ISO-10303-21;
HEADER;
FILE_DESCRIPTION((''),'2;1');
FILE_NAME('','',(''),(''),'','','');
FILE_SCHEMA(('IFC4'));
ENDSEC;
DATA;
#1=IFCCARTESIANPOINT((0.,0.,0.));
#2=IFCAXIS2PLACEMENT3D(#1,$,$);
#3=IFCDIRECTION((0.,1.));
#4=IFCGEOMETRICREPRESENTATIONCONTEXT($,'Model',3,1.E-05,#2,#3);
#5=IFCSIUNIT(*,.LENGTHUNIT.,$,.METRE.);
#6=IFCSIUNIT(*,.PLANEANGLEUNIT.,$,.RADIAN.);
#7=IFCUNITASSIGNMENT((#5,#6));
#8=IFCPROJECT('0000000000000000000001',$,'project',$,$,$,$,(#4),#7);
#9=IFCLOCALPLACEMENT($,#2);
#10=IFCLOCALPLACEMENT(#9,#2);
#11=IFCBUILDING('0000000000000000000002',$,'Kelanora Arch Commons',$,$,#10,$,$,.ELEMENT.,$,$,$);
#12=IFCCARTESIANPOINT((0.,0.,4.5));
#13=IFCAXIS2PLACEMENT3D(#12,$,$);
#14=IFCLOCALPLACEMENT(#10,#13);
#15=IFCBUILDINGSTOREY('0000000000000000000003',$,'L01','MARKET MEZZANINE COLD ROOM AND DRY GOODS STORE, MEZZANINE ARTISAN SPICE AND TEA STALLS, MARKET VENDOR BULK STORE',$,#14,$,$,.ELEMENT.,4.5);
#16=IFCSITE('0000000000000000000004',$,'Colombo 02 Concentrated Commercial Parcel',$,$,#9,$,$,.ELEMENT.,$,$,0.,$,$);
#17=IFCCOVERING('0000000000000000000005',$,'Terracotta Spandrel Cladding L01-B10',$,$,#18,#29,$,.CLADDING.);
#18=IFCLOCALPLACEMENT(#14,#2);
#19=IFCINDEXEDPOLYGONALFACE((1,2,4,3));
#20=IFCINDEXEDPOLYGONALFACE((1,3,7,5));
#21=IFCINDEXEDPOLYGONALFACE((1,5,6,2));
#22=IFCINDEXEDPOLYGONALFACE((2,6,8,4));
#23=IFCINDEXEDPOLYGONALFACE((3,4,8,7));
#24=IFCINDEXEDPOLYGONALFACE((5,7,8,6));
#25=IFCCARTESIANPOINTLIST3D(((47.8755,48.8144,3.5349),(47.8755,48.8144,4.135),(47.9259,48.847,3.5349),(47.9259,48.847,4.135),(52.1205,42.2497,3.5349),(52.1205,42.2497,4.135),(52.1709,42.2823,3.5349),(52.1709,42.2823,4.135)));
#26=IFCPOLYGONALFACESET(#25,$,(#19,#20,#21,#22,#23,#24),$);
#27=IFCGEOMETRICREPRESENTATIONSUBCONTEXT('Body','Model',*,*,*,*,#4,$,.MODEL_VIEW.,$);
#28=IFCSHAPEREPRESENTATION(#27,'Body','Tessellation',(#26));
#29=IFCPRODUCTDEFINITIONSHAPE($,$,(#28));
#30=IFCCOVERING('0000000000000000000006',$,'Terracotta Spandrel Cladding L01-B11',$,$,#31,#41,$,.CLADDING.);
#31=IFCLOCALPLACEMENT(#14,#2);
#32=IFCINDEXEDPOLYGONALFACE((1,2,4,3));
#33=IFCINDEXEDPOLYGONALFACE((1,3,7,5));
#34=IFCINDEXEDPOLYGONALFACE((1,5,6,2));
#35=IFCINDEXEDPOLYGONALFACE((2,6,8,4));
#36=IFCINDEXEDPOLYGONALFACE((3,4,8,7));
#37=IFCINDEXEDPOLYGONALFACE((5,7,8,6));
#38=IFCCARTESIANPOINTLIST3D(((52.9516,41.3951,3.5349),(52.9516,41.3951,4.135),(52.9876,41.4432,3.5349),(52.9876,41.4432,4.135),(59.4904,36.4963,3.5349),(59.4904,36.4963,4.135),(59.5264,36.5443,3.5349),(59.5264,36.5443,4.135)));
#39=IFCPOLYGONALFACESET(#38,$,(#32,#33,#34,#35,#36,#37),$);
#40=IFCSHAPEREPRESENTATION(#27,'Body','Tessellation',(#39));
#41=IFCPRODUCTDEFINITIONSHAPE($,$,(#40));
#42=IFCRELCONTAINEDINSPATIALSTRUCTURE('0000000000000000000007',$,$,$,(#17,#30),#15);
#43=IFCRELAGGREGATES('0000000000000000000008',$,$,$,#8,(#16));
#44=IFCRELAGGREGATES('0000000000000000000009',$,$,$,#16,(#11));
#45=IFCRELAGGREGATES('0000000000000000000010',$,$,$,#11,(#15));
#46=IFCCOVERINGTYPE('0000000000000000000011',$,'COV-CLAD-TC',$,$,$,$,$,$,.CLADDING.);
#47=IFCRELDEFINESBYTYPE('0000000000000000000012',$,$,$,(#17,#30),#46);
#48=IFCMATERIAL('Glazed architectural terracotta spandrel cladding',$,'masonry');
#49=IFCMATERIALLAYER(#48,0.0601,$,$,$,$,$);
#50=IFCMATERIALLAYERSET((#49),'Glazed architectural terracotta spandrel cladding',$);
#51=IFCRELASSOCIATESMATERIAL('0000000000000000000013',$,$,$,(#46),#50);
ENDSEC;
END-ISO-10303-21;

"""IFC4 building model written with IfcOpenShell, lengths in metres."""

from ifc_helpers import new_model, si_unit, direction, frame, origin, origin_2d, place, context, subcontext, project, spatial, rectangle, extrude, source, transform, mapped, material, layer, layer_set, type_object, element, save


model = new_model("IFC4")

# Units and contexts
model_context = context("Model", 3, precision=1e-05, world=origin(), true_north=direction((0.0, 1.0)))
body_context = subcontext(model_context, "Body", "Model", "MODEL_VIEW")
ifc_project = project(units=[si_unit("LENGTHUNIT", "METRE"), si_unit("PLANEANGLEUNIT", "RADIAN")], contexts=[model_context])

# Site, building, storey
site_placement = place(None, origin())
site = spatial("IfcSite", under=ifc_project, at=site_placement, Name="Colombo 02 Concentrated Commercial Parcel", CompositionType="ELEMENT", RefElevation=0.0)
building_placement = place(site_placement, origin())
building = spatial("IfcBuilding", under=site, at=building_placement, Name="Kelanora Arch Commons", CompositionType="ELEMENT")
storey_placement = place(building_placement, frame((0.0, 0.0, 4.5)))
storey = spatial("IfcBuildingStorey", under=building, at=storey_placement, Name="L01", Description="MARKET MEZZANINE COLD ROOM AND DRY GOODS STORE, MEZZANINE ARTISAN SPICE AND TEA STALLS, MARKET VENDOR BULK STORE", CompositionType="ELEMENT", Elevation=4.5)

# Coverings
ifc_material_1 = material(Name="Glazed architectural terracotta spandrel cladding", Category="masonry")
ifc_layer_1 = layer(ifc_material_1, 0.0601)
ifc_layer_set_1 = layer_set([ifc_layer_1], Name="Glazed architectural terracotta spandrel cladding")
covering_type = type_object("IfcCoveringType", Name="COV-CLAD-TC", PredefinedType="CLADDING", material=ifc_layer_set_1)
shared_shape_1 = source(origin(), body_context, "Body", "SweptSolid", [
    extrude(rectangle(XDim=7.8176, YDim=0.0601, at=origin_2d()), origin(), (0.0, 0.0, 1.0), 0.6001),
])
covering_1_placement = place(storey_placement, frame((50.0232, 45.5483, 3.5349), z_axis=(0.0, 0.0, 1.0), x_axis=(0.543005, -0.839729, 0.0)))
element("IfcCovering", 1, at=covering_1_placement, inside=storey, type_object=covering_type, Name="Terracotta Spandrel Cladding L01-B10", PredefinedType="CLADDING", context=body_context, shape_type="MappedRepresentation", body=[
    mapped(shared_shape_1, transform((0.0, 0.0, 0.0), scale=1.0)),
])
shared_shape_2 = source(origin(), body_context, "Body", "SweptSolid", [
    extrude(rectangle(XDim=8.1704, YDim=0.0601, at=origin_2d()), origin(), (0.0, 0.0, 1.0), 0.6001),
])
covering_2_placement = place(storey_placement, frame((56.239, 38.9697, 3.5349), z_axis=(0.0, 0.0, 1.0), x_axis=(0.80031, -0.599587, 0.0)))
element("IfcCovering", 2, at=covering_2_placement, inside=storey, type_object=covering_type, Name="Terracotta Spandrel Cladding L01-B11", PredefinedType="CLADDING", context=body_context, shape_type="MappedRepresentation", body=[
    mapped(shared_shape_2, transform((0.0, 0.0, 0.0), scale=1.0)),
])

save(model, "model.ifc")
